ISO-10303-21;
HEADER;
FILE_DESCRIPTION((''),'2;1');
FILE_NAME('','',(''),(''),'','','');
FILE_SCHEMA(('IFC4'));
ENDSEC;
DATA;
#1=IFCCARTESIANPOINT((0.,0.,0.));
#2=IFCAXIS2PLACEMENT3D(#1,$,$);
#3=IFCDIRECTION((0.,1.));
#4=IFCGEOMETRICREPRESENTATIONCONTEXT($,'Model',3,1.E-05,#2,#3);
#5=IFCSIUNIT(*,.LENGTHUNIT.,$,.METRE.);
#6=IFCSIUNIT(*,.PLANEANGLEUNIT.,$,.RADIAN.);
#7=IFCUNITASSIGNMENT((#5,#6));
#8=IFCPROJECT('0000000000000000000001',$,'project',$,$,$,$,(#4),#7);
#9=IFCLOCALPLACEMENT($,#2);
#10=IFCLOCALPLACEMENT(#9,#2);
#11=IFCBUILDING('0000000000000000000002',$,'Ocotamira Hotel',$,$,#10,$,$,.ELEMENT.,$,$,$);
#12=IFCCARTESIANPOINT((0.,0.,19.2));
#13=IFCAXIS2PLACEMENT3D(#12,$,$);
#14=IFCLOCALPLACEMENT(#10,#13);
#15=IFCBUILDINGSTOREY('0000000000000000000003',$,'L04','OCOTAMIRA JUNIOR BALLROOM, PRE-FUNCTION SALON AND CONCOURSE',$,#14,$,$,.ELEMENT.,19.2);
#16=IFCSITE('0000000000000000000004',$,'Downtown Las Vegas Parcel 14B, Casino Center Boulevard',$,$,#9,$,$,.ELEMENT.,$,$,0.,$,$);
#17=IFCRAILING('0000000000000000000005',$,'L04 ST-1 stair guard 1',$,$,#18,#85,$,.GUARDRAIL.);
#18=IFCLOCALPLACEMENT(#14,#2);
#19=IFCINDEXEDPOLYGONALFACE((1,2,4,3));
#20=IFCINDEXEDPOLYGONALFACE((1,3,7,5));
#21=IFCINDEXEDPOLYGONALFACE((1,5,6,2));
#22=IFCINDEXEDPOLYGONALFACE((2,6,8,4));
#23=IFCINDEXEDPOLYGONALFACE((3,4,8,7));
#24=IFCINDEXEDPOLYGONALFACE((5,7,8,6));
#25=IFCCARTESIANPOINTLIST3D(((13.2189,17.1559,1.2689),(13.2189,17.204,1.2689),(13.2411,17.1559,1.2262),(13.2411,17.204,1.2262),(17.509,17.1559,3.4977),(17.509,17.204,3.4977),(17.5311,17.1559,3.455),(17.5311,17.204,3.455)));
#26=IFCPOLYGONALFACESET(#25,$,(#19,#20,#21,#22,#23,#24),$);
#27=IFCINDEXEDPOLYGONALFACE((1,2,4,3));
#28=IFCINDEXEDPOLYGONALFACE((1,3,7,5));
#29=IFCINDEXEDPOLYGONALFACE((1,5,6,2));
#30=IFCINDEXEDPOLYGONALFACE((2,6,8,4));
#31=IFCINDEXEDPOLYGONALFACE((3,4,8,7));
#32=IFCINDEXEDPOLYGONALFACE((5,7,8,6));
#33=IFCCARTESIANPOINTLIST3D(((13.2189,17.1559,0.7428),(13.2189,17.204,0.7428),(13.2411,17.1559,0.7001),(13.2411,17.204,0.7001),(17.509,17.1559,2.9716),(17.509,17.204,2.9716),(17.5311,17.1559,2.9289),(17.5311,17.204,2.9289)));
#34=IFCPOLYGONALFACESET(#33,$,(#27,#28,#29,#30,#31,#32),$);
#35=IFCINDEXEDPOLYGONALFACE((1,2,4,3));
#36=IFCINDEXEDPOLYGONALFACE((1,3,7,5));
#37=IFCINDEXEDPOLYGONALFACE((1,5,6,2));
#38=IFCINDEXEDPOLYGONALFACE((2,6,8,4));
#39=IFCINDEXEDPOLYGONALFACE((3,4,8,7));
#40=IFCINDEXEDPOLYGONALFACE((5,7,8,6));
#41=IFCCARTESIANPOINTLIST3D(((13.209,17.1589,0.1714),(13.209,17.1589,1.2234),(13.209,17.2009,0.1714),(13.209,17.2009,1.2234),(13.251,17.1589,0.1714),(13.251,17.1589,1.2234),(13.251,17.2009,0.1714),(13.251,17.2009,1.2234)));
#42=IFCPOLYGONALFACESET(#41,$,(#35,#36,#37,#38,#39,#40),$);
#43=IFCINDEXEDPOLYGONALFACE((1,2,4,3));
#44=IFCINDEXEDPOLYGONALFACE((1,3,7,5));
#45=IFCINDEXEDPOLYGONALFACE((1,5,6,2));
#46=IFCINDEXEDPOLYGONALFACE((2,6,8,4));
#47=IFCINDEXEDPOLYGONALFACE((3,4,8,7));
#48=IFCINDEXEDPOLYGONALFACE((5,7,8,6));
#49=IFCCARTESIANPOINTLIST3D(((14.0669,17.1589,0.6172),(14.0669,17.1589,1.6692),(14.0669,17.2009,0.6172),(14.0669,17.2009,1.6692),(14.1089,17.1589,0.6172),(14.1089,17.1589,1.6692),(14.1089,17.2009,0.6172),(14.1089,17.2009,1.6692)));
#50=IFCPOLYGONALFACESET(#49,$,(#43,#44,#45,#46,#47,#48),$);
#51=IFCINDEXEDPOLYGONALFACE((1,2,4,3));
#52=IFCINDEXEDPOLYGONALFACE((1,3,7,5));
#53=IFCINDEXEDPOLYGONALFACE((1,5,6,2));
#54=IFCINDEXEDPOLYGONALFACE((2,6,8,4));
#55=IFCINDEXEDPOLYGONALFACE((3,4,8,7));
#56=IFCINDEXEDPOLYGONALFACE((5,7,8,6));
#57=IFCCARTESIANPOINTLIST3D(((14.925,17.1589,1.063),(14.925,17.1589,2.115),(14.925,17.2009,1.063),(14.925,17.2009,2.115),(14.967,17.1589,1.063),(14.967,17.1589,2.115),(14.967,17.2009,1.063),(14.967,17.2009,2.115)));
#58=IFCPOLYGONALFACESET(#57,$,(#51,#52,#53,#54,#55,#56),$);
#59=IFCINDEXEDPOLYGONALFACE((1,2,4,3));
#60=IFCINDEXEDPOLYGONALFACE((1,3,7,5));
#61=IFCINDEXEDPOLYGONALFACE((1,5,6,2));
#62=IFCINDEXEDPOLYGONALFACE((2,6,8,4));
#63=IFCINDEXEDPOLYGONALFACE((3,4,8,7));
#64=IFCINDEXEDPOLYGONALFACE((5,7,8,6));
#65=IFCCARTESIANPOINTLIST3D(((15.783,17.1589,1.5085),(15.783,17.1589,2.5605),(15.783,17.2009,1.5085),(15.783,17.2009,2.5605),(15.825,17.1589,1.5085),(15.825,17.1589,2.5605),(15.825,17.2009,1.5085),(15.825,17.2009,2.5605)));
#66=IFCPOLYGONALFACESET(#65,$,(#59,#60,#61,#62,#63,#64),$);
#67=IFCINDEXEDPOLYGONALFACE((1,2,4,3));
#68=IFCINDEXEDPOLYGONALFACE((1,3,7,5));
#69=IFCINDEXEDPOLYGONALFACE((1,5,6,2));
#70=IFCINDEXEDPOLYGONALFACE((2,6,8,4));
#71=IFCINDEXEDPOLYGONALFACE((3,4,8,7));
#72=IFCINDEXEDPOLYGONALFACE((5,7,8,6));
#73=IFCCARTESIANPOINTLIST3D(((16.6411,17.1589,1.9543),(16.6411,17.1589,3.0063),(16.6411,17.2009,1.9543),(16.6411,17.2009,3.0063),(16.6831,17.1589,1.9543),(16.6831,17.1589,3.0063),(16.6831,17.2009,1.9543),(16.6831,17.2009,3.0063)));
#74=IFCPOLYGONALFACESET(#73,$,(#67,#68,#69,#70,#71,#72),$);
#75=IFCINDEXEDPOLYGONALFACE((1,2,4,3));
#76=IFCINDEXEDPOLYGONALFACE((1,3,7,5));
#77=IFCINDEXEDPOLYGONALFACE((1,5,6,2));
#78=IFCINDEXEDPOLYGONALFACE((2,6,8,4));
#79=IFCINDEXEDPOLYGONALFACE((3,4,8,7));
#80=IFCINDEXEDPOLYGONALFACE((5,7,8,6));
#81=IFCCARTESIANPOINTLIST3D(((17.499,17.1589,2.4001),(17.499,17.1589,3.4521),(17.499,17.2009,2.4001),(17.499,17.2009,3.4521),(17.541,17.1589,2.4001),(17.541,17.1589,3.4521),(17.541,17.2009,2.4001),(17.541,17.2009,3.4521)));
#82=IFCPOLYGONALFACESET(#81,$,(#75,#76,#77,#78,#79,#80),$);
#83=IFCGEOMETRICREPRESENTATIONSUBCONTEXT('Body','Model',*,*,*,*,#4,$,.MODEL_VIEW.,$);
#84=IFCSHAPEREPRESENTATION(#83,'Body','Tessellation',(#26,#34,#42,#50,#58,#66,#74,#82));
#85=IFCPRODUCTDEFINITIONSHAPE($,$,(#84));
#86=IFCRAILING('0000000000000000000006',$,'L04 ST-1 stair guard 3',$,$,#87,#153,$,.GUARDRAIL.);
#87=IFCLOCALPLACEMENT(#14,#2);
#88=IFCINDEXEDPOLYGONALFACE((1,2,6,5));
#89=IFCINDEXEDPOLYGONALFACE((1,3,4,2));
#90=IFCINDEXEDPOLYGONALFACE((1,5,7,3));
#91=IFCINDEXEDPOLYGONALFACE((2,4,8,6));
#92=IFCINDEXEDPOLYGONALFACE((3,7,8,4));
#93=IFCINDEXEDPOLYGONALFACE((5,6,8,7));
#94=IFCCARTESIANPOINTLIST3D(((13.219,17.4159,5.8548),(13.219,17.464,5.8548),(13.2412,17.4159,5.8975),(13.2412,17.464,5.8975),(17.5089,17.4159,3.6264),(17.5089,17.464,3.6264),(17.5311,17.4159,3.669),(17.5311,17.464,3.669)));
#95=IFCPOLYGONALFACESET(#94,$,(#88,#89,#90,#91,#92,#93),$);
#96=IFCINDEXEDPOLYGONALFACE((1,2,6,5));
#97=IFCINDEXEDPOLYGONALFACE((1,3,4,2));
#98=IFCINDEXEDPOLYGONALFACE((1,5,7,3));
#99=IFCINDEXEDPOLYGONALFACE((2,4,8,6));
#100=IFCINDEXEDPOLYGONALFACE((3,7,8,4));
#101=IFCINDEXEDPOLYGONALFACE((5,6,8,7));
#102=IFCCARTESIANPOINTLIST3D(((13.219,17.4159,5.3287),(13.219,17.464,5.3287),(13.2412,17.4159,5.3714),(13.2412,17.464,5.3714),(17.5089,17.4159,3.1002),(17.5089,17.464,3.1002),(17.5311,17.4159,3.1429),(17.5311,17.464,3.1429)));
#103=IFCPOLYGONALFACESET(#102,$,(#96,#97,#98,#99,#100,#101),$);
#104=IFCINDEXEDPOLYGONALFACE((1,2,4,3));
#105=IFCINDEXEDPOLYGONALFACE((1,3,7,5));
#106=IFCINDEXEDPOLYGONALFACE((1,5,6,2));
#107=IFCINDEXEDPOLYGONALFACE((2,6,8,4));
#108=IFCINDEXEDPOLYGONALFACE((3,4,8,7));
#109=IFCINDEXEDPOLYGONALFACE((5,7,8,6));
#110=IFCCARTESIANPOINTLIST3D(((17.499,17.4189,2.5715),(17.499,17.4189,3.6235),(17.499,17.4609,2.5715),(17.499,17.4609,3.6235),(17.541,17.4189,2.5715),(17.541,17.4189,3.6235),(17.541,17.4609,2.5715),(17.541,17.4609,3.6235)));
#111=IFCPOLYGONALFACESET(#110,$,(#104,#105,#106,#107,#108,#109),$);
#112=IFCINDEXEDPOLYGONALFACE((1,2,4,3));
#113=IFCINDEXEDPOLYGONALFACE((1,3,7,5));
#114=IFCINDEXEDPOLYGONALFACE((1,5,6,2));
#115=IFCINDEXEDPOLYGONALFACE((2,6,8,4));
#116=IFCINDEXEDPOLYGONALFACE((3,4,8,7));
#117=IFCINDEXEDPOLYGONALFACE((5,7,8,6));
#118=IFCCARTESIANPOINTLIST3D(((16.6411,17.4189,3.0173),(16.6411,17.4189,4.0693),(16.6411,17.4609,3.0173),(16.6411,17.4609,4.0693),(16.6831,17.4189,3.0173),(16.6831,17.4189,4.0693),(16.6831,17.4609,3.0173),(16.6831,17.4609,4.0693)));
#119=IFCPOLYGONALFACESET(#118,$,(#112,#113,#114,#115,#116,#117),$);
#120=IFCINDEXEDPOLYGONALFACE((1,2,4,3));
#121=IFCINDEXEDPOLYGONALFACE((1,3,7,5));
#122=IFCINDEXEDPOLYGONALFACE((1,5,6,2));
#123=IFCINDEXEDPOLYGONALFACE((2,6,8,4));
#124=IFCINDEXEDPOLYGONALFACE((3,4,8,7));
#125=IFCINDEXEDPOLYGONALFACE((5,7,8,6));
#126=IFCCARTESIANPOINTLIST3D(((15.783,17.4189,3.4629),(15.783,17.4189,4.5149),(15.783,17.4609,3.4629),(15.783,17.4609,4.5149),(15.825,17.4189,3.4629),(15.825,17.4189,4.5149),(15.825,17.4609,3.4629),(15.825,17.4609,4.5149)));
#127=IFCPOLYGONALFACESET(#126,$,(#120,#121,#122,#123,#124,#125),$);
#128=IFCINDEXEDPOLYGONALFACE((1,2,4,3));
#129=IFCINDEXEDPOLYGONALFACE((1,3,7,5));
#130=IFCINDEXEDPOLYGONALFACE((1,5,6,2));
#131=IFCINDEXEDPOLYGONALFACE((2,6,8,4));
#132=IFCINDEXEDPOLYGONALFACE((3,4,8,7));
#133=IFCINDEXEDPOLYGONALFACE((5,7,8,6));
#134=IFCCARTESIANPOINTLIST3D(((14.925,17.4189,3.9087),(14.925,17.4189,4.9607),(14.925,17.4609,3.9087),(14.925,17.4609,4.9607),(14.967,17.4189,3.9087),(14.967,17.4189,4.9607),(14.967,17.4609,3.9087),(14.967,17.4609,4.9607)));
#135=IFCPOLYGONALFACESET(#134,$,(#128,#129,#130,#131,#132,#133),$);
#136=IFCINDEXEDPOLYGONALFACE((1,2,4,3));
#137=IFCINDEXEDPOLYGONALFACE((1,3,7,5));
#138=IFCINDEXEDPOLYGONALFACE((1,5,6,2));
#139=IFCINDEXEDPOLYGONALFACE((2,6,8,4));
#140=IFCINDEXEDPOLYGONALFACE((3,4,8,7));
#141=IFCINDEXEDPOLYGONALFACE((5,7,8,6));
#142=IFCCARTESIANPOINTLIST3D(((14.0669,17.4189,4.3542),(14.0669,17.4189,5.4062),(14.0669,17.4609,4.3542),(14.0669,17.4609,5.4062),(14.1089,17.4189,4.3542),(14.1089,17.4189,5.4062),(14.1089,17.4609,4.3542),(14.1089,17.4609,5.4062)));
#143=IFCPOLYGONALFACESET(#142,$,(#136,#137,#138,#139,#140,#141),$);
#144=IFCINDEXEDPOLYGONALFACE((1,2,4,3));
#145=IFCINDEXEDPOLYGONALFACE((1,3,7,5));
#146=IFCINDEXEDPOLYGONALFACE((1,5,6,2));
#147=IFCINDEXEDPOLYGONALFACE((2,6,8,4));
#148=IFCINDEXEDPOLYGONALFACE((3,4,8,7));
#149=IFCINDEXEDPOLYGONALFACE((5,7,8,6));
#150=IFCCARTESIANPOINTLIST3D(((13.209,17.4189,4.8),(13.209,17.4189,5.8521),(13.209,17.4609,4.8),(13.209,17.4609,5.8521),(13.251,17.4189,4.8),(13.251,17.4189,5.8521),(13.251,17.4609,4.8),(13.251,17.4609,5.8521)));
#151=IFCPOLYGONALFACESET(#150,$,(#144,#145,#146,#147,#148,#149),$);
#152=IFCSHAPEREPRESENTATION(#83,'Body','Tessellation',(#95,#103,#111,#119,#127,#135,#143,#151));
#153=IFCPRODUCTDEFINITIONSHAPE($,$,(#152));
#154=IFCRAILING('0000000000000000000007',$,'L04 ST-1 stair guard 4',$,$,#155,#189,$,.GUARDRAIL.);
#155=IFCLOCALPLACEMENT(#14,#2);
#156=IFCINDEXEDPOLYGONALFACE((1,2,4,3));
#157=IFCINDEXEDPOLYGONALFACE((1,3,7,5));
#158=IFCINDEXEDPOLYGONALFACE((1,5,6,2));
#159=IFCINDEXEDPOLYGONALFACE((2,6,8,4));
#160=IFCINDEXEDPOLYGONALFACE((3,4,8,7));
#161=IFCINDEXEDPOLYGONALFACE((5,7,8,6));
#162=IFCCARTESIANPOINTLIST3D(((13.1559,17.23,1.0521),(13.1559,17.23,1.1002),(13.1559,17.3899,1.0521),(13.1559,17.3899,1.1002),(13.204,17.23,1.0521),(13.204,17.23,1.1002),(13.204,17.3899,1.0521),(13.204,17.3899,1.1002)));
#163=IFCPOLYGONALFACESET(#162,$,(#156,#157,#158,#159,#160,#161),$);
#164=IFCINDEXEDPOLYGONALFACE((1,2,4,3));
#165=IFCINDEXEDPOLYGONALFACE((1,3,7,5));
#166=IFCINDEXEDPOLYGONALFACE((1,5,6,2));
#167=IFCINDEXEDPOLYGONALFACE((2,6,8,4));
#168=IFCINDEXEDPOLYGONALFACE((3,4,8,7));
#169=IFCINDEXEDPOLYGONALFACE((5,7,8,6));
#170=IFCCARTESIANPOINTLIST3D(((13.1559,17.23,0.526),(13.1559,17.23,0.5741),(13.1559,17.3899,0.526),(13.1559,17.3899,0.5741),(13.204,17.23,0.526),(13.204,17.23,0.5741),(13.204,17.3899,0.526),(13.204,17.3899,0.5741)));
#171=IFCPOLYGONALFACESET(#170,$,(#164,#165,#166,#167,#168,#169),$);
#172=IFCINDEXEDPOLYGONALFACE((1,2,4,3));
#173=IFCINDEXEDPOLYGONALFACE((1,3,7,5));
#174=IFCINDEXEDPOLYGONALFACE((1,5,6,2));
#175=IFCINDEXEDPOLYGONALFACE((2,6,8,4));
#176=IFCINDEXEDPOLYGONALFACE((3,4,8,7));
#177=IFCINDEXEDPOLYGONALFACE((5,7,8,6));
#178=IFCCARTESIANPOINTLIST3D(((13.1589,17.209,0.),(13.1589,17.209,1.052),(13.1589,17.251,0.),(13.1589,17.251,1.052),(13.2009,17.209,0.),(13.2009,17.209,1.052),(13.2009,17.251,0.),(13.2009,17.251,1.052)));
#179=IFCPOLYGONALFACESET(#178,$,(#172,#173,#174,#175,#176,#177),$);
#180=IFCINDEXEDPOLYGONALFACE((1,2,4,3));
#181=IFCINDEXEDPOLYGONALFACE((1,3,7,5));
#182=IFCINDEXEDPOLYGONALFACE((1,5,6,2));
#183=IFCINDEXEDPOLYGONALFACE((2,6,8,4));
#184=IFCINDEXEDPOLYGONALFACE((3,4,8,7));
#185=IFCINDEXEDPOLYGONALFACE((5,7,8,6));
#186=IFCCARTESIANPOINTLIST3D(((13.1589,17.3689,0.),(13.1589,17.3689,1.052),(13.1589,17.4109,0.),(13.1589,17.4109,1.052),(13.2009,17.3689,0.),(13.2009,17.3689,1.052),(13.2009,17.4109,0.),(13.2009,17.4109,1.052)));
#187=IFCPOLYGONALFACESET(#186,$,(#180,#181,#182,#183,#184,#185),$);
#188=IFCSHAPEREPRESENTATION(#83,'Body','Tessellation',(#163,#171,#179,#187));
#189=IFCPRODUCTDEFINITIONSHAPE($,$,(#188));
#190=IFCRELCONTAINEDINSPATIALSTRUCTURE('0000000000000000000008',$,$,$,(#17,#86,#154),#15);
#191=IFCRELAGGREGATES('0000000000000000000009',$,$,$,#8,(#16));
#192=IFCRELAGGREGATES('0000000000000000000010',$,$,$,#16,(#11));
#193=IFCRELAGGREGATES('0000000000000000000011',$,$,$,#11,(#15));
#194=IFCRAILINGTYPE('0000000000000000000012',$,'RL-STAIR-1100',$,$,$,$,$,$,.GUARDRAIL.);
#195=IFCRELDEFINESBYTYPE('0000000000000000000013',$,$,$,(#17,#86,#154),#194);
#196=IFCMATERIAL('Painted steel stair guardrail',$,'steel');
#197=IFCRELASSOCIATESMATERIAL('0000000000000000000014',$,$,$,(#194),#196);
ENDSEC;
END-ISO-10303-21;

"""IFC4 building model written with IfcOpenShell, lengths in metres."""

from ifc_helpers import new_model, si_unit, direction, frame, origin, origin_2d, place, context, subcontext, project, spatial, rectangle, extrude, material, type_object, element, save


model = new_model("IFC4")

# Units and contexts
model_context = context("Model", 3, precision=1e-05, world=origin(), true_north=direction((0.0, 1.0)))
body_context = subcontext(model_context, "Body", "Model", "MODEL_VIEW")
ifc_project = project(units=[si_unit("LENGTHUNIT", "METRE"), si_unit("PLANEANGLEUNIT", "RADIAN")], contexts=[model_context])

# Site, building, storey
site_placement = place(None, origin())
site = spatial("IfcSite", under=ifc_project, at=site_placement, Name="Downtown Las Vegas Parcel 14B, Casino Center Boulevard", CompositionType="ELEMENT", RefElevation=0.0)
building_placement = place(site_placement, origin())
building = spatial("IfcBuilding", under=site, at=building_placement, Name="Ocotamira Hotel", CompositionType="ELEMENT")
storey_placement = place(building_placement, frame((0.0, 0.0, 19.2)))
storey = spatial("IfcBuildingStorey", under=building, at=storey_placement, Name="L04", Description="OCOTAMIRA JUNIOR BALLROOM, PRE-FUNCTION SALON AND CONCOURSE", CompositionType="ELEMENT", Elevation=19.2)

# Railings
ifc_material_1 = material(Name="Painted steel stair guardrail", Category="steel")
railing_type_1 = type_object("IfcRailingType", Name="RL-STAIR-1100", PredefinedType="GUARDRAIL", material=ifc_material_1)
railing_1_placement = place(storey_placement, frame((13.23, 17.1799, 0.1714)))
element("IfcRailing", 1, at=railing_1_placement, inside=storey, type_object=railing_type_1, Name="L04 ST-1 stair guard 1", PredefinedType="GUARDRAIL", context=body_context, shape_type="SweptSolid", body=[
    extrude(rectangle(XDim=0.0481, YDim=0.0481, at=origin_2d()), frame((0.0, 0.0, 1.0762), z_axis=(0.887391, 0.0, 0.461017), x_axis=(0.0, 1.0, 0.0)), (0.0, 0.0, 1.0), 4.8345),
    extrude(rectangle(XDim=0.0481, YDim=0.0481, at=origin_2d()), frame((0.0, 0.0, 0.55), z_axis=(0.887391, 0.0, 0.461017), x_axis=(0.0, 1.0, 0.0)), (0.0, 0.0, 1.0), 4.8345),
    extrude(rectangle(XDim=0.042, YDim=0.042, at=origin_2d()), origin(), (0.0, 0.0, 1.0), 1.052),
    extrude(rectangle(XDim=0.042, YDim=0.042, at=origin_2d()), frame((0.8579, 0.0, 0.4458)), (0.0, 0.0, 1.0), 1.052),
    extrude(rectangle(XDim=0.042, YDim=0.042, at=origin_2d()), frame((1.7161, 0.0, 0.8916)), (0.0, 0.0, 1.0), 1.052),
    extrude(rectangle(XDim=0.042, YDim=0.042, at=origin_2d()), frame((2.574, 0.0, 1.3372)), (0.0, 0.0, 1.0), 1.052),
    extrude(rectangle(XDim=0.042, YDim=0.042, at=origin_2d()), frame((3.4321, 0.0, 1.783)), (0.0, 0.0, 1.0), 1.052),
    extrude(rectangle(XDim=0.042, YDim=0.042, at=origin_2d()), frame((4.29, 0.0, 2.2288)), (0.0, 0.0, 1.0), 1.052),
])
railing_2_placement = place(storey_placement, frame((17.52, 17.4399, 2.5715)))
element("IfcRailing", 2, at=railing_2_placement, inside=storey, type_object=railing_type_1, Name="L04 ST-1 stair guard 3", PredefinedType="GUARDRAIL", context=body_context, shape_type="SweptSolid", body=[
    extrude(rectangle(XDim=0.0481, YDim=0.0481, at=origin_2d()), frame((0.0, 0.0, 1.0762), z_axis=(-0.887412, 0.0, 0.460977), x_axis=(0.0, -1.0, 0.0)), (0.0, 0.0, 1.0), 4.8342),
    extrude(rectangle(XDim=0.0481, YDim=0.0481, at=origin_2d()), frame((0.0, 0.0, 0.55), z_axis=(-0.887412, 0.0, 0.460977), x_axis=(0.0, -1.0, 0.0)), (0.0, 0.0, 1.0), 4.8342),
    extrude(rectangle(XDim=0.042, YDim=0.042, at=origin_2d()), origin(), (0.0, 0.0, 1.0), 1.052),
    extrude(rectangle(XDim=0.042, YDim=0.042, at=origin_2d()), frame((-0.8579, 0.0, 0.4458)), (0.0, 0.0, 1.0), 1.052),
    extrude(rectangle(XDim=0.042, YDim=0.042, at=origin_2d()), frame((-1.7161, 0.0, 0.8914)), (0.0, 0.0, 1.0), 1.052),
    extrude(rectangle(XDim=0.042, YDim=0.042, at=origin_2d()), frame((-2.574, 0.0, 1.3372)), (0.0, 0.0, 1.0), 1.052),
    extrude(rectangle(XDim=0.042, YDim=0.042, at=origin_2d()), frame((-3.4321, 0.0, 1.7827)), (0.0, 0.0, 1.0), 1.052),
    extrude(rectangle(XDim=0.042, YDim=0.042, at=origin_2d()), frame((-4.29, 0.0, 2.2285)), (0.0, 0.0, 1.0), 1.052),
])
railing_3_placement = place(storey_placement, frame((13.1799, 17.23, 0.0)))
element("IfcRailing", 3, at=railing_3_placement, inside=storey, type_object=railing_type_1, Name="L04 ST-1 stair guard 4", PredefinedType="GUARDRAIL", context=body_context, shape_type="SweptSolid", body=[
    extrude(rectangle(XDim=0.0481, YDim=0.0481, at=origin_2d()), frame((0.0, 0.0, 1.0762), z_axis=(0.0, 1.0, 0.0), x_axis=(-1.0, 0.0, 0.0)), (0.0, 0.0, 1.0), 0.1599),
    extrude(rectangle(XDim=0.0481, YDim=0.0481, at=origin_2d()), frame((0.0, 0.0, 0.55), z_axis=(0.0, 1.0, 0.0), x_axis=(-1.0, 0.0, 0.0)), (0.0, 0.0, 1.0), 0.1599),
    extrude(rectangle(XDim=0.042, YDim=0.042, at=origin_2d()), origin(), (0.0, 0.0, 1.0), 1.052),
    extrude(rectangle(XDim=0.042, YDim=0.042, at=origin_2d()), frame((0.0, 0.1599, 0.0)), (0.0, 0.0, 1.0), 1.052),
])

save(model, "model.ifc")
